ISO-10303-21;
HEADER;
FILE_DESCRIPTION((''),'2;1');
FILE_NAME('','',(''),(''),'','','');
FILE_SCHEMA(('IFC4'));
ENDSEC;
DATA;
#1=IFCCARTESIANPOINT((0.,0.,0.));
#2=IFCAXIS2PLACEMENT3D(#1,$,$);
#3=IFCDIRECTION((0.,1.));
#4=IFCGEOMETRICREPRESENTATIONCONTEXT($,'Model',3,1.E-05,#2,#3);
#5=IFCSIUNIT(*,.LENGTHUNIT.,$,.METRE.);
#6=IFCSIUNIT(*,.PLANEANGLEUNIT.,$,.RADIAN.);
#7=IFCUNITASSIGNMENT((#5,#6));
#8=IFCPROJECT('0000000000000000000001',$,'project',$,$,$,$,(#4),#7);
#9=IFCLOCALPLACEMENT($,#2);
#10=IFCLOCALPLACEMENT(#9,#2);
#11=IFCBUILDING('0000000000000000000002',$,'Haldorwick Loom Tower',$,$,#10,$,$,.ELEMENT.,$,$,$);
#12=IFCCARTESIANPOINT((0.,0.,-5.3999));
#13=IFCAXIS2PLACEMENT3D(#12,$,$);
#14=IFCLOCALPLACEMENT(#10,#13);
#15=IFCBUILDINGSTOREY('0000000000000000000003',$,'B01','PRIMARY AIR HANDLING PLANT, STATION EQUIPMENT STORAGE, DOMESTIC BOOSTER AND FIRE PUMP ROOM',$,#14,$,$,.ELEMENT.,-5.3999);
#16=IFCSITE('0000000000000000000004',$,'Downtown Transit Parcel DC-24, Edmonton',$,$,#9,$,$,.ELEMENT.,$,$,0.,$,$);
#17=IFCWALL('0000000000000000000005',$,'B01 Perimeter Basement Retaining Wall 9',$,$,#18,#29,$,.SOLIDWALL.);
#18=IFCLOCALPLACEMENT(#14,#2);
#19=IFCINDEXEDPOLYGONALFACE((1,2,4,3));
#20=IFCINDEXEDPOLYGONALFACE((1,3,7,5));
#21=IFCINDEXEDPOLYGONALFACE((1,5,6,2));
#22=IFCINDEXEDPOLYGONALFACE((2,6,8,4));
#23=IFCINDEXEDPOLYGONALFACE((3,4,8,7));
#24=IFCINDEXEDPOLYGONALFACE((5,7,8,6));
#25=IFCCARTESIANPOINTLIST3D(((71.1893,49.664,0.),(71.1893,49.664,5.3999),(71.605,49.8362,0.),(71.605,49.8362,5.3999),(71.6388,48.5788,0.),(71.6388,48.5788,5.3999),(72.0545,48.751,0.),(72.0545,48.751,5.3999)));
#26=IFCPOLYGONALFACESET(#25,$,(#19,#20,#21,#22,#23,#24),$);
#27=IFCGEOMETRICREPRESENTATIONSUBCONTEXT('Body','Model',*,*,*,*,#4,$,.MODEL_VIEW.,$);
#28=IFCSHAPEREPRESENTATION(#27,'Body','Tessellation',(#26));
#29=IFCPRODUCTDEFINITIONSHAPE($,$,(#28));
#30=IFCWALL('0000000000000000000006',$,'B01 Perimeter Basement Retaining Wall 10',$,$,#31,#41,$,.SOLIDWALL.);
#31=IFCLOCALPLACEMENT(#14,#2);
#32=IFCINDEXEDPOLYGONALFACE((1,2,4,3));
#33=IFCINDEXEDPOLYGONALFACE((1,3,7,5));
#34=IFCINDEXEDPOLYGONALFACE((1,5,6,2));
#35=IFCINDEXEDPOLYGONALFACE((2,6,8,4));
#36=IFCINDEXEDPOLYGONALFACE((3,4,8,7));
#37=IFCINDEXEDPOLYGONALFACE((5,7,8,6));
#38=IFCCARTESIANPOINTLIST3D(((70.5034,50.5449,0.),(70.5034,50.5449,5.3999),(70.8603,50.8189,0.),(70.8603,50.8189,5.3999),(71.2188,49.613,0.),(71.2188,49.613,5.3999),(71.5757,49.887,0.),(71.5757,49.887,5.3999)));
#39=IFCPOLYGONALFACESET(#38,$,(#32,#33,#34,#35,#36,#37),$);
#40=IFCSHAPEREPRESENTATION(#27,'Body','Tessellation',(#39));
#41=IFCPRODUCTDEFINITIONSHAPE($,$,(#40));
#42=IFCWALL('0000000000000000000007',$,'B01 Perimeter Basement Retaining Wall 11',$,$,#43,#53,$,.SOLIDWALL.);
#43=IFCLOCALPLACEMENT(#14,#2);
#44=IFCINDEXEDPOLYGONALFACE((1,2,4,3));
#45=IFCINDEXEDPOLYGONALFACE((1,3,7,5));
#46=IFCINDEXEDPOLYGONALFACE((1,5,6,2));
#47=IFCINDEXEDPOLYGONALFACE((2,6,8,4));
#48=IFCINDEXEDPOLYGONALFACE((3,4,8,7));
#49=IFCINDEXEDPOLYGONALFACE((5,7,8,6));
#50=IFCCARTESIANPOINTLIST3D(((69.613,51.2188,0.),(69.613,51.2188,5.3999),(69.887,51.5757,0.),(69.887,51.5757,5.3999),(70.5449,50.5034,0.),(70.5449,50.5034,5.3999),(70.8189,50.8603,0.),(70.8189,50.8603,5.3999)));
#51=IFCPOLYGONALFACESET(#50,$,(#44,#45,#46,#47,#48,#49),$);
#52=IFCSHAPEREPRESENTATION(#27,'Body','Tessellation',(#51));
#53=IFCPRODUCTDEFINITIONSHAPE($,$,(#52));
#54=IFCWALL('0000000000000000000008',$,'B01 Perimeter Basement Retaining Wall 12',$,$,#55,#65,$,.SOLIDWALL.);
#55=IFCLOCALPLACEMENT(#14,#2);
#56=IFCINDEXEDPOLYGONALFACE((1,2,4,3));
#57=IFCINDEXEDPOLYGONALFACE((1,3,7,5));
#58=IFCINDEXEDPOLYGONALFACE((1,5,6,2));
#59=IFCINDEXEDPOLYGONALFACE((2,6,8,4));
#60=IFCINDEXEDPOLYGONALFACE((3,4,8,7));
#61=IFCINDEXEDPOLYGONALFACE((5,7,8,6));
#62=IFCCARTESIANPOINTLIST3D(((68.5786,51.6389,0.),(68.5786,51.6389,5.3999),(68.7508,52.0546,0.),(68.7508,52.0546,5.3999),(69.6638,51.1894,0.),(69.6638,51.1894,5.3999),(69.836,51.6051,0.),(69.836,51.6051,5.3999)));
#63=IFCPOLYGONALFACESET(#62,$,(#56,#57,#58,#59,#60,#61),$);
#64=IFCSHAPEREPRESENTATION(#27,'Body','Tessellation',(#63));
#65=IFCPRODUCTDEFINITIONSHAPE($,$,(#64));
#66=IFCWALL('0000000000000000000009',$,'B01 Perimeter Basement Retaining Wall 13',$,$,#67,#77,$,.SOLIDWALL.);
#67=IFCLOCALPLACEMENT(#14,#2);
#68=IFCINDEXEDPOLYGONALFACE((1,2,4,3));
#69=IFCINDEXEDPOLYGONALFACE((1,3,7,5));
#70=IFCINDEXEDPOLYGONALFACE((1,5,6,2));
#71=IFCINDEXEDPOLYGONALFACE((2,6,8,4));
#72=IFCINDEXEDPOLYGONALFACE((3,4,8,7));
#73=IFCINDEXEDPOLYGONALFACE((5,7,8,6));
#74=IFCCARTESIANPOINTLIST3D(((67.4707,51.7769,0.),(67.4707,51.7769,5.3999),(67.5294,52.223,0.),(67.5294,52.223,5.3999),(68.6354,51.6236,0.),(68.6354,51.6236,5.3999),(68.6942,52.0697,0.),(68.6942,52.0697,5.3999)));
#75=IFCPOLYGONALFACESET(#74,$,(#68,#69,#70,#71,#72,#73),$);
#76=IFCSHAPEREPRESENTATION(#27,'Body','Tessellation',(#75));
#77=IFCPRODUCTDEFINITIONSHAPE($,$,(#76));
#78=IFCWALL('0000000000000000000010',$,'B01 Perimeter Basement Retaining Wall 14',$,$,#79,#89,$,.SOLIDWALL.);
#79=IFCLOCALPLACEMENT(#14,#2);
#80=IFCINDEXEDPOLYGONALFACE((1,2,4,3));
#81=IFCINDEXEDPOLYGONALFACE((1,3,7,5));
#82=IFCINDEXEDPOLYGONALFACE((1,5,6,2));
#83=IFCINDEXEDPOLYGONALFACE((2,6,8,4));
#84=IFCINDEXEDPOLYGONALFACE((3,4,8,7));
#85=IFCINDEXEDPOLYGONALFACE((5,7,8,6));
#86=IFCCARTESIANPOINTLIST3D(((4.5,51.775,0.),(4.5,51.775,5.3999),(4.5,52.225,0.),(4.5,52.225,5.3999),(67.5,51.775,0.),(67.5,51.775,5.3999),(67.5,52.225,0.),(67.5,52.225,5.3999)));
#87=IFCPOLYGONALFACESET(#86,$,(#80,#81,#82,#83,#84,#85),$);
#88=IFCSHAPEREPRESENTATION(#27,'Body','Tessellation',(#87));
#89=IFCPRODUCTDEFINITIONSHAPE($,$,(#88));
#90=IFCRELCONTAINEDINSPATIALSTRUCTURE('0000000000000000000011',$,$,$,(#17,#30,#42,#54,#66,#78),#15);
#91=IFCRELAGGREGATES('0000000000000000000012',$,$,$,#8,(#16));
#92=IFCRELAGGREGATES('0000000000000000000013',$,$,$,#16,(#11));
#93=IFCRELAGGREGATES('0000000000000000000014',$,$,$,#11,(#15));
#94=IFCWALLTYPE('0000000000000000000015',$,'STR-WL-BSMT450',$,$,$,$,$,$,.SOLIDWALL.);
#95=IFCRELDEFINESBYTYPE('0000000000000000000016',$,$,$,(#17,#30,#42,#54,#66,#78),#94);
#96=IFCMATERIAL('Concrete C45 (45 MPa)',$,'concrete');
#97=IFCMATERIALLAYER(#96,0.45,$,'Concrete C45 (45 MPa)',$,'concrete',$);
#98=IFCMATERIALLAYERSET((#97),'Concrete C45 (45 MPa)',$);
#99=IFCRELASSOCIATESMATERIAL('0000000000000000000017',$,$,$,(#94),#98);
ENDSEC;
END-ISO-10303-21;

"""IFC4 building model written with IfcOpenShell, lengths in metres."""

from ifc_helpers import new_model, si_unit, direction, frame, frame_2d, origin, place, context, subcontext, project, spatial, rectangle, extrude, material, layer, layer_set, type_object, element, save


model = new_model("IFC4")

# Units and contexts
model_context = context("Model", 3, precision=1e-05, world=origin(), true_north=direction((0.0, 1.0)))
body_context = subcontext(model_context, "Body", "Model", "MODEL_VIEW")
ifc_project = project(units=[si_unit("LENGTHUNIT", "METRE"), si_unit("PLANEANGLEUNIT", "RADIAN")], contexts=[model_context])

# Site, building, storey
site_placement = place(None, origin())
site = spatial("IfcSite", under=ifc_project, at=site_placement, Name="Downtown Transit Parcel DC-24, Edmonton", CompositionType="ELEMENT", RefElevation=0.0)
building_placement = place(site_placement, origin())
building = spatial("IfcBuilding", under=site, at=building_placement, Name="Haldorwick Loom Tower", CompositionType="ELEMENT")
storey_placement = place(building_placement, frame((0.0, 0.0, -5.3999)))
storey = spatial("IfcBuildingStorey", under=building, at=storey_placement, Name="B01", Description="PRIMARY AIR HANDLING PLANT, STATION EQUIPMENT STORAGE, DOMESTIC BOOSTER AND FIRE PUMP ROOM", CompositionType="ELEMENT", Elevation=-5.3999)

# Shared definitions
ifc_material_1 = material(Name="Concrete C45 (45 MPa)", Category="concrete")

# Walls
ifc_layer_1 = layer(ifc_material_1, 0.45, Name="Concrete C45 (45 MPa)", Category="concrete")
ifc_layer_set_1 = layer_set([ifc_layer_1], Name="Concrete C45 (45 MPa)")
wall_type = type_object("IfcWallType", Name="STR-WL-BSMT450", PredefinedType="SOLIDWALL", material=ifc_layer_set_1)
wall_1_placement = place(storey_placement, frame((71.8467, 48.6648, 0.0), z_axis=(0.0, 0.0, 1.0), x_axis=(-0.382652, 0.923893, 0.0)))
element("IfcWall", 1, at=wall_1_placement, inside=storey, type_object=wall_type, Name="B01 Perimeter Basement Retaining Wall 9", PredefinedType="SOLIDWALL", context=body_context, shape_type="SweptSolid", body=[
    extrude(rectangle(XDim=1.1746, YDim=0.45, at=frame_2d((0.5874, 0.0))), origin(), (0.0, 0.0, 1.0), 5.3999),
])
for number, where, z_axis, x_axis, name in (
    (2, (71.3972, 49.75, 0.0), (0.0, 0.0, 1.0), (-0.608907, 0.793242, 0.0), "B01 Perimeter Basement Retaining Wall 10"),
    (3, (70.6819, 50.6819, 0.0), (0.0, 0.0, 1.0), (-0.793242, 0.608907, 0.0), "B01 Perimeter Basement Retaining Wall 11"),
):
    element("IfcWall", number, at=place(storey_placement, frame(where, z_axis=z_axis, x_axis=x_axis)), inside=storey, type_object=wall_type, Name=name, PredefinedType="SOLIDWALL", context=body_context, shape_type="SweptSolid", body=[
        extrude(rectangle(XDim=1.1748, YDim=0.45, at=frame_2d((0.5874, 0.0))), origin(), (0.0, 0.0, 1.0), 5.3999),
    ])
wall_2_placement = place(storey_placement, frame((69.75, 51.3972, 0.0), z_axis=(0.0, 0.0, 1.0), x_axis=(-0.923893, 0.382652, 0.0)))
element("IfcWall", 4, at=wall_2_placement, inside=storey, type_object=wall_type, Name="B01 Perimeter Basement Retaining Wall 12", PredefinedType="SOLIDWALL", context=body_context, shape_type="SweptSolid", body=[
    extrude(rectangle(XDim=1.1746, YDim=0.45, at=frame_2d((0.5874, 0.0))), origin(), (0.0, 0.0, 1.0), 5.3999),
])
wall_3_placement = place(storey_placement, frame((68.6648, 51.8467, 0.0), z_axis=(0.0, 0.0, 1.0), x_axis=(-0.991448, 0.130503, 0.0)))
element("IfcWall", 5, at=wall_3_placement, inside=storey, type_object=wall_type, Name="B01 Perimeter Basement Retaining Wall 13", PredefinedType="SOLIDWALL", context=body_context, shape_type="SweptSolid", body=[
    extrude(rectangle(XDim=1.1748, YDim=0.45, at=frame_2d((0.5874, 0.0))), origin(), (0.0, 0.0, 1.0), 5.3999),
])
wall_4_placement = place(storey_placement, frame((67.5, 52.0, 0.0), z_axis=(0.0, 0.0, 1.0), x_axis=(-1.0, 0.0, 0.0)))
element("IfcWall", 6, at=wall_4_placement, inside=storey, type_object=wall_type, Name="B01 Perimeter Basement Retaining Wall 14", PredefinedType="SOLIDWALL", context=body_context, shape_type="SweptSolid", body=[
    extrude(rectangle(XDim=63.0, YDim=0.45, at=frame_2d((31.5, 0.0))), origin(), (0.0, 0.0, 1.0), 5.3999),
])

save(model, "model.ifc")
